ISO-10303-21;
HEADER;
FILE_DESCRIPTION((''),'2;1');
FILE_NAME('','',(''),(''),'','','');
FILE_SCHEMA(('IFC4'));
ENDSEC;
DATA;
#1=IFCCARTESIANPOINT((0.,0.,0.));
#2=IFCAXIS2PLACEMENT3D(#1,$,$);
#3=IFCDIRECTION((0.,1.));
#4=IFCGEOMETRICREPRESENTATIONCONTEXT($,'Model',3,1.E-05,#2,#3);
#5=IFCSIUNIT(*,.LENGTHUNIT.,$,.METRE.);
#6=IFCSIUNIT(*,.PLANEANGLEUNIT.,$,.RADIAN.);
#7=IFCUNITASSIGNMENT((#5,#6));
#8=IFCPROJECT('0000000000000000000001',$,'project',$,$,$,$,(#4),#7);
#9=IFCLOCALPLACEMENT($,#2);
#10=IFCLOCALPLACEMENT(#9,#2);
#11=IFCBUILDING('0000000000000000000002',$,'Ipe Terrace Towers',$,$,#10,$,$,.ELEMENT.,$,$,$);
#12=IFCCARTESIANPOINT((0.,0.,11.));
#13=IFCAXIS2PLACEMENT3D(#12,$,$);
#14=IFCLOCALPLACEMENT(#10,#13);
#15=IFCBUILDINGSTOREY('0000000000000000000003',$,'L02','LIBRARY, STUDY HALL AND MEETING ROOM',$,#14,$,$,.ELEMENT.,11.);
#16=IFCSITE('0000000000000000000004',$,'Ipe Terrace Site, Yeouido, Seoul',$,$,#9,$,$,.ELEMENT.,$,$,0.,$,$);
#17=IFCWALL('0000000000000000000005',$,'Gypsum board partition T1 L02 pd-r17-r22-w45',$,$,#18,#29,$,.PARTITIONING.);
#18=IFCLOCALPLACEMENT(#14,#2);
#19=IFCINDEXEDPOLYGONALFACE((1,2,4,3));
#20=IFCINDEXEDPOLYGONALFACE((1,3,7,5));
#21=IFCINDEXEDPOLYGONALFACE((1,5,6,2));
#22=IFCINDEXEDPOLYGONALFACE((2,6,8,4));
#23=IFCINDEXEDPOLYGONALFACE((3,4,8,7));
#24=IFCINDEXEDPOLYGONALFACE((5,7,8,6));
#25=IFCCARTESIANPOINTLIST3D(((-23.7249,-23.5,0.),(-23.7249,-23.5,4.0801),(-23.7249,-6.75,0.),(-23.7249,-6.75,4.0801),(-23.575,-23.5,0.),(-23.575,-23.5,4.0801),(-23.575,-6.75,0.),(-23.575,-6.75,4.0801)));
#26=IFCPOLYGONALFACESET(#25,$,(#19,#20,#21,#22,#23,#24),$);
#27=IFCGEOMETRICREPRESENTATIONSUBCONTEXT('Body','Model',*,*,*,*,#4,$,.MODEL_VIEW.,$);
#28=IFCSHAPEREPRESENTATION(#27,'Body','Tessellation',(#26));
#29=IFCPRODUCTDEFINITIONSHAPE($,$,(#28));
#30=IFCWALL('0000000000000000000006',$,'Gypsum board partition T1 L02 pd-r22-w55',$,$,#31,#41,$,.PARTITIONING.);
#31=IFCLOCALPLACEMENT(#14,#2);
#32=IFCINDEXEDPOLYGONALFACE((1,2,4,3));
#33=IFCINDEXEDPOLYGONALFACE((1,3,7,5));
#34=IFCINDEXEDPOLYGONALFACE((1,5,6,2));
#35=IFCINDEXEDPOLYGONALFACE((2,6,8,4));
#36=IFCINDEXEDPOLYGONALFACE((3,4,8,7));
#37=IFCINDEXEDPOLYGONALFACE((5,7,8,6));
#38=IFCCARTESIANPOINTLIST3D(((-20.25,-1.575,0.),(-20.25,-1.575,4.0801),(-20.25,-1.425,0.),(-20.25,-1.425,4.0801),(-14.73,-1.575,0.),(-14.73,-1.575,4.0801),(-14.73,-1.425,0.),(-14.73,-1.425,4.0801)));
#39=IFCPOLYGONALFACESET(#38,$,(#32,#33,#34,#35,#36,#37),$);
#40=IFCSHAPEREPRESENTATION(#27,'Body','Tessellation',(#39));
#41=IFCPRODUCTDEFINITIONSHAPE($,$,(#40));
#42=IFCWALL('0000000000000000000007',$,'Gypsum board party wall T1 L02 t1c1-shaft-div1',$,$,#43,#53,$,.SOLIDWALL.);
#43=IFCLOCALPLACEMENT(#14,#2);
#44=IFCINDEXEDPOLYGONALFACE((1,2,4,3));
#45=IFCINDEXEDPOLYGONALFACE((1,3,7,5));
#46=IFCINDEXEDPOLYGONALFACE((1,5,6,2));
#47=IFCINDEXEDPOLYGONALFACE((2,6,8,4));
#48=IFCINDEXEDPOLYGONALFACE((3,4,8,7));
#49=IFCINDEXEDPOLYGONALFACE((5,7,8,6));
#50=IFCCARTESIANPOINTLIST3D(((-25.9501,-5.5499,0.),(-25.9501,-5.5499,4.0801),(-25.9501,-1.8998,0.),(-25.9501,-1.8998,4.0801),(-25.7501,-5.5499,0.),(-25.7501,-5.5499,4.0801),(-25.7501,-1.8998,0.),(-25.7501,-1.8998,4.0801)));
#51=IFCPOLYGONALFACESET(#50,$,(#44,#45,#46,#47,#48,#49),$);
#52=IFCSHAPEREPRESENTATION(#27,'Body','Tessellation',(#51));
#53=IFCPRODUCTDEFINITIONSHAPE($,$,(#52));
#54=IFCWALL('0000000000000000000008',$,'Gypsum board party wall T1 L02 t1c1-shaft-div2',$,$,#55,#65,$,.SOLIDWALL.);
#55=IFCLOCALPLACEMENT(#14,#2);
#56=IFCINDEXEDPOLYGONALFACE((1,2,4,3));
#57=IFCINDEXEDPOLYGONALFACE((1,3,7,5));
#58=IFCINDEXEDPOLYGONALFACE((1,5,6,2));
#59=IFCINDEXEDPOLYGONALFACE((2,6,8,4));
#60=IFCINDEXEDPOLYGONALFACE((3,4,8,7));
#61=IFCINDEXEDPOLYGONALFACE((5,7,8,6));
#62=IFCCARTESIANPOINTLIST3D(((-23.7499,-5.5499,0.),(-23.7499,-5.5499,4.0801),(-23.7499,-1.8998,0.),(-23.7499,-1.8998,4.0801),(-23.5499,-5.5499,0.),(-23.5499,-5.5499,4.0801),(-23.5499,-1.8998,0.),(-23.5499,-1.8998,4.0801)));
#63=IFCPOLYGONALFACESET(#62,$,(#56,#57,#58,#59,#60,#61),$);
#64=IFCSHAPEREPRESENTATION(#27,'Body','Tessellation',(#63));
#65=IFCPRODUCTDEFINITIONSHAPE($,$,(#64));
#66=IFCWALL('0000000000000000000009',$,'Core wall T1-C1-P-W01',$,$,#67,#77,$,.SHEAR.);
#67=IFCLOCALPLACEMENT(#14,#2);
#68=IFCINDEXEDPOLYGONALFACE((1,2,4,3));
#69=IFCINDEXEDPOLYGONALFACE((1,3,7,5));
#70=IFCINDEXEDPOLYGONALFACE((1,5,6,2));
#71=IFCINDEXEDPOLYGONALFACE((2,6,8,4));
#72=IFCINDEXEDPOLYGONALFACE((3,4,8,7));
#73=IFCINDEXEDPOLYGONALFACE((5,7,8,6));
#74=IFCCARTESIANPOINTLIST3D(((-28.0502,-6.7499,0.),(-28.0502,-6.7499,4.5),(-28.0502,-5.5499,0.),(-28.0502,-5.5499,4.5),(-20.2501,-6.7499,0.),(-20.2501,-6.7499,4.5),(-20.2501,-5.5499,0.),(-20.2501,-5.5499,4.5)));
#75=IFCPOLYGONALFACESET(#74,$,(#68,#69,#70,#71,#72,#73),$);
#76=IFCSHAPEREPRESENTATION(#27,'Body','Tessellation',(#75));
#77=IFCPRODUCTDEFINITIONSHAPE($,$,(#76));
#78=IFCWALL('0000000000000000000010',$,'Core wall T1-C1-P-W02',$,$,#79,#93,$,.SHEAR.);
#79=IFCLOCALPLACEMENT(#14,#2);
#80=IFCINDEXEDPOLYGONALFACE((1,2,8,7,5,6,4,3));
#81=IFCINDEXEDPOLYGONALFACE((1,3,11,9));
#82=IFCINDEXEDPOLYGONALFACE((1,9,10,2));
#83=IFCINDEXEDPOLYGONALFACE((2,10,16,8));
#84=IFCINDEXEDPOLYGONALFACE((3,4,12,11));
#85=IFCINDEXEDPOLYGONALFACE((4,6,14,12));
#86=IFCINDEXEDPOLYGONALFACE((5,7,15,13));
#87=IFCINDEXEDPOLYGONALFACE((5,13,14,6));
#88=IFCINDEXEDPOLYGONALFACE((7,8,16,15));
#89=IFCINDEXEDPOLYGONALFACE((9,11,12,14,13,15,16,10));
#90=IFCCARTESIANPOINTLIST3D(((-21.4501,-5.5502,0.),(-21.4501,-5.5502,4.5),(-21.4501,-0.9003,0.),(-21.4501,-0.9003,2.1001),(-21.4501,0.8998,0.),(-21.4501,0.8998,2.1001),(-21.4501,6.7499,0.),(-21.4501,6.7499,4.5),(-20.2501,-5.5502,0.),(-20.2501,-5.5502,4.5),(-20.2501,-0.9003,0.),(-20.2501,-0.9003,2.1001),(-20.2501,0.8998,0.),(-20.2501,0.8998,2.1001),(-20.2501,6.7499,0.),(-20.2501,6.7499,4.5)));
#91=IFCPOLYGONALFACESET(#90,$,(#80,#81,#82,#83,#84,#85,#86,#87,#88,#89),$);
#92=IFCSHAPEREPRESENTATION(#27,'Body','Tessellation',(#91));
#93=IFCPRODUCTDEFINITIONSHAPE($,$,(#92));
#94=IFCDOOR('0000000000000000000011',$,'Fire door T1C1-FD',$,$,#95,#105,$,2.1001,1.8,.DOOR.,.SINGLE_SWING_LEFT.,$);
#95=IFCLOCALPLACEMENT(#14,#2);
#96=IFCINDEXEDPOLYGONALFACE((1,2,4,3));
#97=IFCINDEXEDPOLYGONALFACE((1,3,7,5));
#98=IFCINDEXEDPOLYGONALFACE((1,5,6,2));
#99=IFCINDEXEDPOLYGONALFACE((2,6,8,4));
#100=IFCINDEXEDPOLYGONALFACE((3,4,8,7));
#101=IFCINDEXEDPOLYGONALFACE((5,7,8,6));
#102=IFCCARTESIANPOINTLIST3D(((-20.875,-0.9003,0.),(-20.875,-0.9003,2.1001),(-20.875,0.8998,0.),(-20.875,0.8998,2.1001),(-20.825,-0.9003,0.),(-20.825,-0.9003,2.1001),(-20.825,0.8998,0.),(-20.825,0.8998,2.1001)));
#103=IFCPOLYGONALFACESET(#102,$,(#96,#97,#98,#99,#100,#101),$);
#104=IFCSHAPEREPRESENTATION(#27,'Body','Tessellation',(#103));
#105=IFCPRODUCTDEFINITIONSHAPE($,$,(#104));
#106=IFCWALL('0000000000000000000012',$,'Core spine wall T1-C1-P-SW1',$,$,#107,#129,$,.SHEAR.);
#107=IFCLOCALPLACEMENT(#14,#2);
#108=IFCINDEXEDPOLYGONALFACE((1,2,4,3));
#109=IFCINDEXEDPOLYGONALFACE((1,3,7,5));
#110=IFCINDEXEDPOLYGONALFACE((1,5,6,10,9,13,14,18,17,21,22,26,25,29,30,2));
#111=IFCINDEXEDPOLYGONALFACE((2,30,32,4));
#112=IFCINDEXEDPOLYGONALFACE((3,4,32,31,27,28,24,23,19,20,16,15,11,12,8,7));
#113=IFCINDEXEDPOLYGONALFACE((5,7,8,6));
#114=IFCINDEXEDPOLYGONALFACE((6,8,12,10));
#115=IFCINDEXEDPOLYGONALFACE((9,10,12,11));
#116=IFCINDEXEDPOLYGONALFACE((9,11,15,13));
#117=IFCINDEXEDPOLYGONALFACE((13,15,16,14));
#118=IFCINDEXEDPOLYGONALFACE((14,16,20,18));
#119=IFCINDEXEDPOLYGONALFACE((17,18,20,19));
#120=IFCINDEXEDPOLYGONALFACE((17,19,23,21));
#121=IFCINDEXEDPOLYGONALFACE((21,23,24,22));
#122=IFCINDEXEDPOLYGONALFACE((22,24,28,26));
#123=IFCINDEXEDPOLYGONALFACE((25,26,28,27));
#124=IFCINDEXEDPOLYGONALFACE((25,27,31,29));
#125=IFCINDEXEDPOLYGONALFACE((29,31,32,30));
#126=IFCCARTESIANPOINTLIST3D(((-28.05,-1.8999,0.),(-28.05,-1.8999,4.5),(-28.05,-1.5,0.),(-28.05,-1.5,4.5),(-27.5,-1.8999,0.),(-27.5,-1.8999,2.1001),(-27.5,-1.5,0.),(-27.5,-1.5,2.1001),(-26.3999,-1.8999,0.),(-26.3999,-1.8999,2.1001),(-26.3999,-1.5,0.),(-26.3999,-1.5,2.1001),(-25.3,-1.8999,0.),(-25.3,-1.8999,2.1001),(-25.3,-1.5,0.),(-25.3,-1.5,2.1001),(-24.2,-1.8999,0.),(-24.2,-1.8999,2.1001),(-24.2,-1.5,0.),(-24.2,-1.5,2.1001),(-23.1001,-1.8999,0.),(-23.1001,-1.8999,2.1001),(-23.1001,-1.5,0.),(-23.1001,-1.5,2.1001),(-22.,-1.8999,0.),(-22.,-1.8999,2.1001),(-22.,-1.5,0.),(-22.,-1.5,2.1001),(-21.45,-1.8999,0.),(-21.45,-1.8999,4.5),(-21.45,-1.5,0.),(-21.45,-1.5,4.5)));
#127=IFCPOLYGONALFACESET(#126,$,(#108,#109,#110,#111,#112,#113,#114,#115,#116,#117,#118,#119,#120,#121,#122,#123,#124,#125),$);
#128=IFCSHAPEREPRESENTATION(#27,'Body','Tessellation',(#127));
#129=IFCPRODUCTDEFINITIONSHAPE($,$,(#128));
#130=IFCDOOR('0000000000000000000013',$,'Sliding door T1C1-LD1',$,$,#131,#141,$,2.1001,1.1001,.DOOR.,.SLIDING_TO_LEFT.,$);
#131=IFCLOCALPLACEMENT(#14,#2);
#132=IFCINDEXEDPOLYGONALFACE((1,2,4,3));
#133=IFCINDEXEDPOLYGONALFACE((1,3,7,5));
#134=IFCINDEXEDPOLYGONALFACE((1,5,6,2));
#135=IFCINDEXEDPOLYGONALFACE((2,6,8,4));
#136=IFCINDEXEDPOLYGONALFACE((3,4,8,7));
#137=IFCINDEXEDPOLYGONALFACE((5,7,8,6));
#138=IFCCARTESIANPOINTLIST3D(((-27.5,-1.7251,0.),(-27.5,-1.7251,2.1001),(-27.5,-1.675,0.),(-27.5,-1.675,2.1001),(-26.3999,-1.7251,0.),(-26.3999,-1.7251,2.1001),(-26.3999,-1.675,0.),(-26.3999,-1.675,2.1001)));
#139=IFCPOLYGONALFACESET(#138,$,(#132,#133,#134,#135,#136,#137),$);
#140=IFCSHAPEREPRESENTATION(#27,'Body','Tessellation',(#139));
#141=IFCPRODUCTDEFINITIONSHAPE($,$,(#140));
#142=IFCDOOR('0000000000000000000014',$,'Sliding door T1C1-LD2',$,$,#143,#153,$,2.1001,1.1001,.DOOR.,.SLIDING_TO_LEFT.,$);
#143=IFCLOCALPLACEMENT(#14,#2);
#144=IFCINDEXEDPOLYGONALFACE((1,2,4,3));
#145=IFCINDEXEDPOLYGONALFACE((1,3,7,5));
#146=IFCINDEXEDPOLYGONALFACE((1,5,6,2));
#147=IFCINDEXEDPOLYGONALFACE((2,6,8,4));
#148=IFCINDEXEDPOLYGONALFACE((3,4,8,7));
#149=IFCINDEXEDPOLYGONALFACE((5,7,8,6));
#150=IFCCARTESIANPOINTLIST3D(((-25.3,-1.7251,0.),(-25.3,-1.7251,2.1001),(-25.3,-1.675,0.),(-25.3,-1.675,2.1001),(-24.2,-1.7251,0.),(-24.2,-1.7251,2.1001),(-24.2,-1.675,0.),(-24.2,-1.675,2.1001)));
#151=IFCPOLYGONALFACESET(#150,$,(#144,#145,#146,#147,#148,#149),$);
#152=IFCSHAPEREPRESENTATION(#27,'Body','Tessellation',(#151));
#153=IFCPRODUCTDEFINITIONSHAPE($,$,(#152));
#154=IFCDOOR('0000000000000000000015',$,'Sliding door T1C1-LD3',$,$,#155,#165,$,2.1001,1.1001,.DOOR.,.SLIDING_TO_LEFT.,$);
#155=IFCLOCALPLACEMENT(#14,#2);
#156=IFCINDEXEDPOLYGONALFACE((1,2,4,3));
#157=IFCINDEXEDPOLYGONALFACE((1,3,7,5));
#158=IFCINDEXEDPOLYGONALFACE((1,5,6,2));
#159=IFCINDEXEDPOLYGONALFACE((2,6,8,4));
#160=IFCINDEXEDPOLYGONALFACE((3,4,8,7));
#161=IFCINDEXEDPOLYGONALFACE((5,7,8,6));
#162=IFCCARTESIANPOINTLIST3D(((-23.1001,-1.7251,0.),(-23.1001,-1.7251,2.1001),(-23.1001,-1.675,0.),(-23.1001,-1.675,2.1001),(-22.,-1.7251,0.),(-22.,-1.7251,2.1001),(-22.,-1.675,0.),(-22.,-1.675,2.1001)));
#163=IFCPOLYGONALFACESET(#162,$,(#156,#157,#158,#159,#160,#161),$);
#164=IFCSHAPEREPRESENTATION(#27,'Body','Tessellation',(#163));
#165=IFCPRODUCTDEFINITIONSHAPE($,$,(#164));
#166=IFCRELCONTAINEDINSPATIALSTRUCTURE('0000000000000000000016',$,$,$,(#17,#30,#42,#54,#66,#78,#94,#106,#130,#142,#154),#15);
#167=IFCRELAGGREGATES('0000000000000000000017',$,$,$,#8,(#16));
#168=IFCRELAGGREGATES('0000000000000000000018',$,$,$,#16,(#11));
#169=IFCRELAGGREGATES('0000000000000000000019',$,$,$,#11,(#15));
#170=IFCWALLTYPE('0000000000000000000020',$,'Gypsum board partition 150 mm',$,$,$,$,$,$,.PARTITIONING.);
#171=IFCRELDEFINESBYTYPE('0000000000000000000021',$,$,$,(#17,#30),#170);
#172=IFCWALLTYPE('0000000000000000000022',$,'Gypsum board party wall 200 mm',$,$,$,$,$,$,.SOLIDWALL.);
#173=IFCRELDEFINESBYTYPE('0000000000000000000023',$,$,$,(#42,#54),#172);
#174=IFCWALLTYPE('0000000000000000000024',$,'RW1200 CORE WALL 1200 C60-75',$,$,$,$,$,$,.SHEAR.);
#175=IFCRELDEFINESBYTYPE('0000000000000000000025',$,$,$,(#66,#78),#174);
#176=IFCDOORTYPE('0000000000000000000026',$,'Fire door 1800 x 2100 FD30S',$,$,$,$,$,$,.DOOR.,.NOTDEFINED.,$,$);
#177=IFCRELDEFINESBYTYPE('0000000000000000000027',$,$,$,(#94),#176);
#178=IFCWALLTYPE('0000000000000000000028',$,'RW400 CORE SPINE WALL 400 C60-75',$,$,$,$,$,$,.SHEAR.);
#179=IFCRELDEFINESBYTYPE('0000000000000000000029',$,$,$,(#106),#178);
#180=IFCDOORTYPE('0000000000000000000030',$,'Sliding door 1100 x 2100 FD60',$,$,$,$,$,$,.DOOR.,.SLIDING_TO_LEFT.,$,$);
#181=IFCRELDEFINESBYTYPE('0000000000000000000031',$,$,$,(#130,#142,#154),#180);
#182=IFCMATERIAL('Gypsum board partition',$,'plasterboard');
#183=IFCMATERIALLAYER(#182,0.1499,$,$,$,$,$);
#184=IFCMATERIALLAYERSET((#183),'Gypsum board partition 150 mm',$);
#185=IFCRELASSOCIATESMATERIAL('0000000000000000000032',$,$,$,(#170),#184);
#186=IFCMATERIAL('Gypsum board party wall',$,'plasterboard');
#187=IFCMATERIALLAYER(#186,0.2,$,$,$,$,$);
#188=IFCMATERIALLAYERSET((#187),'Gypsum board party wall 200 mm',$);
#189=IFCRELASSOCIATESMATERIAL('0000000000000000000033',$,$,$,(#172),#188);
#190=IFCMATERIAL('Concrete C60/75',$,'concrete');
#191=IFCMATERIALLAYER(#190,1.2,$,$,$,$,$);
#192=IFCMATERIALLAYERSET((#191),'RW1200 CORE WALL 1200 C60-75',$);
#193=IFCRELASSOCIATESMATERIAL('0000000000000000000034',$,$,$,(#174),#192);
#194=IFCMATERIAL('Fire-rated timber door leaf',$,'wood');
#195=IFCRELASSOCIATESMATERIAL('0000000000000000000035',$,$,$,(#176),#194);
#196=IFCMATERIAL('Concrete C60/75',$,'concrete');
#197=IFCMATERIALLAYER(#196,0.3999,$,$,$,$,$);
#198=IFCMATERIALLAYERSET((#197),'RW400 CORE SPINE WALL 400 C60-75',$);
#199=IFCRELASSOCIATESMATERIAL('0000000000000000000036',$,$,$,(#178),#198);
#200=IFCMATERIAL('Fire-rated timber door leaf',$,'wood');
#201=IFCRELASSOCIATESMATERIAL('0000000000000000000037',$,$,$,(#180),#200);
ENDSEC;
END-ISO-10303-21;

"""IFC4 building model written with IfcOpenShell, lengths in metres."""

from ifc_helpers import new_model, si_unit, direction, frame, frame_2d, origin, place, context, subcontext, project, spatial, rectangle, extrude, material, layer, layer_set, type_object, element, fill, save


model = new_model("IFC4")

# Units and contexts
model_context = context("Model", 3, precision=1e-05, world=origin(), true_north=direction((0.0, 1.0)))
body_context = subcontext(model_context, "Body", "Model", "MODEL_VIEW")
ifc_project = project(units=[si_unit("LENGTHUNIT", "METRE"), si_unit("PLANEANGLEUNIT", "RADIAN")], contexts=[model_context])

# Site, building, storey
site_placement = place(None, origin())
site = spatial("IfcSite", under=ifc_project, at=site_placement, Name="Ipe Terrace Site, Yeouido, Seoul", CompositionType="ELEMENT", RefElevation=0.0)
building_placement = place(site_placement, origin())
building = spatial("IfcBuilding", under=site, at=building_placement, Name="Ipe Terrace Towers", CompositionType="ELEMENT")
storey_placement = place(building_placement, frame((0.0, 0.0, 11.0)))
storey = spatial("IfcBuildingStorey", under=building, at=storey_placement, Name="L02", Description="LIBRARY, STUDY HALL AND MEETING ROOM", CompositionType="ELEMENT", Elevation=11.0)

# Shared definitions
ifc_material_1 = material(Name="Gypsum board partition", Category="plasterboard")
ifc_layer_1 = layer(ifc_material_1, 0.1499)
ifc_layer_set_1 = layer_set([ifc_layer_1], Name="Gypsum board partition 150 mm")
wall_type_1 = type_object("IfcWallType", Name="Gypsum board partition 150 mm", PredefinedType="PARTITIONING", material=ifc_layer_set_1)

# Walls
wall_1_placement = place(storey_placement, frame((-23.6499, -6.75, 0.0), z_axis=(0.0, 0.0, 1.0), x_axis=(0.0, -1.0, 0.0)))
element("IfcWall", 1, at=wall_1_placement, inside=storey, type_object=wall_type_1, Name="Gypsum board partition T1 L02 pd-r17-r22-w45", PredefinedType="PARTITIONING", context=body_context, shape_type="SweptSolid", body=[
    extrude(rectangle(XDim=16.75, YDim=0.1499, at=frame_2d((8.375, 0.0))), origin(), (0.0, 0.0, 1.0), 4.0801),
])
wall_2_placement = place(storey_placement, frame((-20.25, -1.5, 0.0), z_axis=(0.0, 0.0, 1.0), x_axis=(1.0, 0.0, 0.0)))
element("IfcWall", 2, at=wall_2_placement, inside=storey, type_object=wall_type_1, Name="Gypsum board partition T1 L02 pd-r22-w55", PredefinedType="PARTITIONING", context=body_context, shape_type="SweptSolid", body=[
    extrude(rectangle(XDim=5.52, YDim=0.1499, at=frame_2d((2.76, 0.0))), origin(), (0.0, 0.0, 1.0), 4.0801),
])
ifc_material_2 = material(Name="Gypsum board party wall", Category="plasterboard")
ifc_layer_2 = layer(ifc_material_2, 0.2)
ifc_layer_set_2 = layer_set([ifc_layer_2], Name="Gypsum board party wall 200 mm")
wall_type_2 = type_object("IfcWallType", Name="Gypsum board party wall 200 mm", PredefinedType="SOLIDWALL", material=ifc_layer_set_2)
for number, where, z_axis, x_axis, name in (
    (3, (-25.8501, -5.55, 0.0), (0.0, 0.0, 1.0), (0.0, 1.0, 0.0), "Gypsum board party wall T1 L02 t1c1-shaft-div1"),
    (4, (-23.6499, -5.55, 0.0), (0.0, 0.0, 1.0), (0.0, 1.0, 0.0), "Gypsum board party wall T1 L02 t1c1-shaft-div2"),
):
    element("IfcWall", number, at=place(storey_placement, frame(where, z_axis=z_axis, x_axis=x_axis)), inside=storey, type_object=wall_type_2, Name=name, PredefinedType="SOLIDWALL", context=body_context, shape_type="SweptSolid", body=[
        extrude(rectangle(XDim=3.6501, YDim=0.2, at=frame_2d((1.8252, 0.0))), origin(), (0.0, 0.0, 1.0), 4.0801),
    ])
ifc_material_3 = material(Name="Concrete C60/75", Category="concrete")
ifc_layer_3 = layer(ifc_material_3, 1.2)
ifc_layer_set_3 = layer_set([ifc_layer_3], Name="RW1200 CORE WALL 1200 C60-75")
wall_type_3 = type_object("IfcWallType", Name="RW1200 CORE WALL 1200 C60-75", PredefinedType="SHEAR", material=ifc_layer_set_3)
wall_3_placement = place(storey_placement, frame((-28.05, -6.1499, 0.0), z_axis=(0.0, 0.0, 1.0), x_axis=(1.0, 0.0, 0.0)))
element("IfcWall", 5, at=wall_3_placement, inside=storey, type_object=wall_type_3, Name="Core wall T1-C1-P-W01", PredefinedType="SHEAR", context=body_context, shape_type="SweptSolid", body=[
    extrude(rectangle(XDim=7.8, YDim=1.2, at=frame_2d((3.8999, 0.0))), origin(), (0.0, 0.0, 1.0), 4.5),
])

# Wall, opening, door
wall_4_placement = place(storey_placement, frame((-20.8501, -5.55, 0.0), z_axis=(0.0, 0.0, 1.0), x_axis=(0.0, 1.0, 0.0)))
wall_4 = element("IfcWall", 6, at=wall_4_placement, inside=storey, type_object=wall_type_3, Name="Core wall T1-C1-P-W02", PredefinedType="SHEAR", context=body_context, shape_type="SweptSolid", body=[
    extrude(rectangle(XDim=12.3, YDim=1.2, at=frame_2d((6.1499, 0.0))), origin(), (0.0, 0.0, 1.0), 4.5),
])
opening_1_placement = place(wall_4_placement, frame((4.6499, 0.0, 0.0)))
opening_1 = element("IfcOpeningElement", 7, at=opening_1_placement, cuts=wall_4, PredefinedType="OPENING", context=body_context, shape_type="SweptSolid", body=[
    extrude(rectangle(XDim=1.8, YDim=2.1001, at=frame_2d((0.8999, 1.05))), frame((0.0, 0.6099, 0.0), z_axis=(0.0, -1.0, 0.0), x_axis=(1.0, 0.0, 0.0)), (0.0, 0.0, 1.0), 1.22),
])
ifc_material_4 = material(Name="Fire-rated timber door leaf", Category="wood")
door_type_1 = type_object("IfcDoorType", Name="Fire door 1800 x 2100 FD30S", OperationType="NOTDEFINED", PredefinedType="DOOR", material=ifc_material_4)
door_1_placement = place(opening_1_placement, origin())
door_1 = element("IfcDoor", 8, at=door_1_placement, inside=storey, type_object=door_type_1, Name="Fire door T1C1-FD", OperationType="SINGLE_SWING_LEFT", OverallHeight=2.1001, OverallWidth=1.8, PredefinedType="DOOR", context=body_context, shape_type="SweptSolid", body=[
    extrude(rectangle(XDim=1.8, YDim=2.1001, at=frame_2d((0.8999, 1.05))), frame((0.0, 0.0249, 0.0), z_axis=(0.0, -1.0, 0.0), x_axis=(1.0, 0.0, 0.0)), (0.0, 0.0, 1.0), 0.05),
])
fill(opening_1, door_1)

# Wall, openings, doors
ifc_material_5 = material(Name="Concrete C60/75", Category="concrete")
ifc_layer_4 = layer(ifc_material_5, 0.3999)
ifc_layer_set_4 = layer_set([ifc_layer_4], Name="RW400 CORE SPINE WALL 400 C60-75")
wall_type_4 = type_object("IfcWallType", Name="RW400 CORE SPINE WALL 400 C60-75", PredefinedType="SHEAR", material=ifc_layer_set_4)
wall_5_placement = place(storey_placement, frame((-28.05, -1.7, 0.0), z_axis=(0.0, 0.0, 1.0), x_axis=(1.0, 0.0, 0.0)))
wall_5 = element("IfcWall", 9, at=wall_5_placement, inside=storey, type_object=wall_type_4, Name="Core spine wall T1-C1-P-SW1", PredefinedType="SHEAR", context=body_context, shape_type="SweptSolid", body=[
    extrude(rectangle(XDim=6.6001, YDim=0.3999, at=frame_2d((3.3, 0.0))), origin(), (0.0, 0.0, 1.0), 4.5),
])
opening_2_placement = place(wall_5_placement, frame((0.55, 0.0, 0.0)))
opening_2 = element("IfcOpeningElement", 10, at=opening_2_placement, cuts=wall_5, PredefinedType="OPENING", context=body_context, shape_type="SweptSolid", body=[
    extrude(rectangle(XDim=1.1001, YDim=2.1001, at=frame_2d((0.55, 1.05))), frame((0.0, 0.21, 0.0), z_axis=(0.0, -1.0, 0.0), x_axis=(1.0, 0.0, 0.0)), (0.0, 0.0, 1.0), 0.4199),
])
opening_3_placement = place(wall_5_placement, frame((2.75, 0.0, 0.0)))
opening_3 = element("IfcOpeningElement", 11, at=opening_3_placement, cuts=wall_5, PredefinedType="OPENING", context=body_context, shape_type="SweptSolid", body=[
    extrude(rectangle(XDim=1.1001, YDim=2.1001, at=frame_2d((0.55, 1.05))), frame((0.0, 0.21, 0.0), z_axis=(0.0, -1.0, 0.0), x_axis=(1.0, 0.0, 0.0)), (0.0, 0.0, 1.0), 0.4199),
])
opening_4_placement = place(wall_5_placement, frame((4.95, 0.0, 0.0)))
opening_4 = element("IfcOpeningElement", 12, at=opening_4_placement, cuts=wall_5, PredefinedType="OPENING", context=body_context, shape_type="SweptSolid", body=[
    extrude(rectangle(XDim=1.1001, YDim=2.1001, at=frame_2d((0.55, 1.05))), frame((0.0, 0.21, 0.0), z_axis=(0.0, -1.0, 0.0), x_axis=(1.0, 0.0, 0.0)), (0.0, 0.0, 1.0), 0.4199),
])
ifc_material_6 = material(Name="Fire-rated timber door leaf", Category="wood")
door_type_2 = type_object("IfcDoorType", Name="Sliding door 1100 x 2100 FD60", OperationType="SLIDING_TO_LEFT", PredefinedType="DOOR", material=ifc_material_6)
door_2_placement = place(opening_2_placement, origin())
door_2 = element("IfcDoor", 13, at=door_2_placement, inside=storey, type_object=door_type_2, Name="Sliding door T1C1-LD1", OperationType="SLIDING_TO_LEFT", OverallHeight=2.1001, OverallWidth=1.1001, PredefinedType="DOOR", context=body_context, shape_type="SweptSolid", body=[
    extrude(rectangle(XDim=1.1001, YDim=2.1001, at=frame_2d((0.55, 1.05))), frame((0.0, 0.0249, 0.0), z_axis=(0.0, -1.0, 0.0), x_axis=(1.0, 0.0, 0.0)), (0.0, 0.0, 1.0), 0.05),
])
fill(opening_2, door_2)
door_3_placement = place(opening_3_placement, origin())
door_3 = element("IfcDoor", 14, at=door_3_placement, inside=storey, type_object=door_type_2, Name="Sliding door T1C1-LD2", OperationType="SLIDING_TO_LEFT", OverallHeight=2.1001, OverallWidth=1.1001, PredefinedType="DOOR", context=body_context, shape_type="SweptSolid", body=[
    extrude(rectangle(XDim=1.1001, YDim=2.1001, at=frame_2d((0.55, 1.05))), frame((0.0, 0.0249, 0.0), z_axis=(0.0, -1.0, 0.0), x_axis=(1.0, 0.0, 0.0)), (0.0, 0.0, 1.0), 0.05),
])
fill(opening_3, door_3)
door_4_placement = place(opening_4_placement, origin())
door_4 = element("IfcDoor", 15, at=door_4_placement, inside=storey, type_object=door_type_2, Name="Sliding door T1C1-LD3", OperationType="SLIDING_TO_LEFT", OverallHeight=2.1001, OverallWidth=1.1001, PredefinedType="DOOR", context=body_context, shape_type="SweptSolid", body=[
    extrude(rectangle(XDim=1.1001, YDim=2.1001, at=frame_2d((0.55, 1.05))), frame((0.0, 0.0249, 0.0), z_axis=(0.0, -1.0, 0.0), x_axis=(1.0, 0.0, 0.0)), (0.0, 0.0, 1.0), 0.05),
])
fill(opening_4, door_4)

save(model, "model.ifc")
